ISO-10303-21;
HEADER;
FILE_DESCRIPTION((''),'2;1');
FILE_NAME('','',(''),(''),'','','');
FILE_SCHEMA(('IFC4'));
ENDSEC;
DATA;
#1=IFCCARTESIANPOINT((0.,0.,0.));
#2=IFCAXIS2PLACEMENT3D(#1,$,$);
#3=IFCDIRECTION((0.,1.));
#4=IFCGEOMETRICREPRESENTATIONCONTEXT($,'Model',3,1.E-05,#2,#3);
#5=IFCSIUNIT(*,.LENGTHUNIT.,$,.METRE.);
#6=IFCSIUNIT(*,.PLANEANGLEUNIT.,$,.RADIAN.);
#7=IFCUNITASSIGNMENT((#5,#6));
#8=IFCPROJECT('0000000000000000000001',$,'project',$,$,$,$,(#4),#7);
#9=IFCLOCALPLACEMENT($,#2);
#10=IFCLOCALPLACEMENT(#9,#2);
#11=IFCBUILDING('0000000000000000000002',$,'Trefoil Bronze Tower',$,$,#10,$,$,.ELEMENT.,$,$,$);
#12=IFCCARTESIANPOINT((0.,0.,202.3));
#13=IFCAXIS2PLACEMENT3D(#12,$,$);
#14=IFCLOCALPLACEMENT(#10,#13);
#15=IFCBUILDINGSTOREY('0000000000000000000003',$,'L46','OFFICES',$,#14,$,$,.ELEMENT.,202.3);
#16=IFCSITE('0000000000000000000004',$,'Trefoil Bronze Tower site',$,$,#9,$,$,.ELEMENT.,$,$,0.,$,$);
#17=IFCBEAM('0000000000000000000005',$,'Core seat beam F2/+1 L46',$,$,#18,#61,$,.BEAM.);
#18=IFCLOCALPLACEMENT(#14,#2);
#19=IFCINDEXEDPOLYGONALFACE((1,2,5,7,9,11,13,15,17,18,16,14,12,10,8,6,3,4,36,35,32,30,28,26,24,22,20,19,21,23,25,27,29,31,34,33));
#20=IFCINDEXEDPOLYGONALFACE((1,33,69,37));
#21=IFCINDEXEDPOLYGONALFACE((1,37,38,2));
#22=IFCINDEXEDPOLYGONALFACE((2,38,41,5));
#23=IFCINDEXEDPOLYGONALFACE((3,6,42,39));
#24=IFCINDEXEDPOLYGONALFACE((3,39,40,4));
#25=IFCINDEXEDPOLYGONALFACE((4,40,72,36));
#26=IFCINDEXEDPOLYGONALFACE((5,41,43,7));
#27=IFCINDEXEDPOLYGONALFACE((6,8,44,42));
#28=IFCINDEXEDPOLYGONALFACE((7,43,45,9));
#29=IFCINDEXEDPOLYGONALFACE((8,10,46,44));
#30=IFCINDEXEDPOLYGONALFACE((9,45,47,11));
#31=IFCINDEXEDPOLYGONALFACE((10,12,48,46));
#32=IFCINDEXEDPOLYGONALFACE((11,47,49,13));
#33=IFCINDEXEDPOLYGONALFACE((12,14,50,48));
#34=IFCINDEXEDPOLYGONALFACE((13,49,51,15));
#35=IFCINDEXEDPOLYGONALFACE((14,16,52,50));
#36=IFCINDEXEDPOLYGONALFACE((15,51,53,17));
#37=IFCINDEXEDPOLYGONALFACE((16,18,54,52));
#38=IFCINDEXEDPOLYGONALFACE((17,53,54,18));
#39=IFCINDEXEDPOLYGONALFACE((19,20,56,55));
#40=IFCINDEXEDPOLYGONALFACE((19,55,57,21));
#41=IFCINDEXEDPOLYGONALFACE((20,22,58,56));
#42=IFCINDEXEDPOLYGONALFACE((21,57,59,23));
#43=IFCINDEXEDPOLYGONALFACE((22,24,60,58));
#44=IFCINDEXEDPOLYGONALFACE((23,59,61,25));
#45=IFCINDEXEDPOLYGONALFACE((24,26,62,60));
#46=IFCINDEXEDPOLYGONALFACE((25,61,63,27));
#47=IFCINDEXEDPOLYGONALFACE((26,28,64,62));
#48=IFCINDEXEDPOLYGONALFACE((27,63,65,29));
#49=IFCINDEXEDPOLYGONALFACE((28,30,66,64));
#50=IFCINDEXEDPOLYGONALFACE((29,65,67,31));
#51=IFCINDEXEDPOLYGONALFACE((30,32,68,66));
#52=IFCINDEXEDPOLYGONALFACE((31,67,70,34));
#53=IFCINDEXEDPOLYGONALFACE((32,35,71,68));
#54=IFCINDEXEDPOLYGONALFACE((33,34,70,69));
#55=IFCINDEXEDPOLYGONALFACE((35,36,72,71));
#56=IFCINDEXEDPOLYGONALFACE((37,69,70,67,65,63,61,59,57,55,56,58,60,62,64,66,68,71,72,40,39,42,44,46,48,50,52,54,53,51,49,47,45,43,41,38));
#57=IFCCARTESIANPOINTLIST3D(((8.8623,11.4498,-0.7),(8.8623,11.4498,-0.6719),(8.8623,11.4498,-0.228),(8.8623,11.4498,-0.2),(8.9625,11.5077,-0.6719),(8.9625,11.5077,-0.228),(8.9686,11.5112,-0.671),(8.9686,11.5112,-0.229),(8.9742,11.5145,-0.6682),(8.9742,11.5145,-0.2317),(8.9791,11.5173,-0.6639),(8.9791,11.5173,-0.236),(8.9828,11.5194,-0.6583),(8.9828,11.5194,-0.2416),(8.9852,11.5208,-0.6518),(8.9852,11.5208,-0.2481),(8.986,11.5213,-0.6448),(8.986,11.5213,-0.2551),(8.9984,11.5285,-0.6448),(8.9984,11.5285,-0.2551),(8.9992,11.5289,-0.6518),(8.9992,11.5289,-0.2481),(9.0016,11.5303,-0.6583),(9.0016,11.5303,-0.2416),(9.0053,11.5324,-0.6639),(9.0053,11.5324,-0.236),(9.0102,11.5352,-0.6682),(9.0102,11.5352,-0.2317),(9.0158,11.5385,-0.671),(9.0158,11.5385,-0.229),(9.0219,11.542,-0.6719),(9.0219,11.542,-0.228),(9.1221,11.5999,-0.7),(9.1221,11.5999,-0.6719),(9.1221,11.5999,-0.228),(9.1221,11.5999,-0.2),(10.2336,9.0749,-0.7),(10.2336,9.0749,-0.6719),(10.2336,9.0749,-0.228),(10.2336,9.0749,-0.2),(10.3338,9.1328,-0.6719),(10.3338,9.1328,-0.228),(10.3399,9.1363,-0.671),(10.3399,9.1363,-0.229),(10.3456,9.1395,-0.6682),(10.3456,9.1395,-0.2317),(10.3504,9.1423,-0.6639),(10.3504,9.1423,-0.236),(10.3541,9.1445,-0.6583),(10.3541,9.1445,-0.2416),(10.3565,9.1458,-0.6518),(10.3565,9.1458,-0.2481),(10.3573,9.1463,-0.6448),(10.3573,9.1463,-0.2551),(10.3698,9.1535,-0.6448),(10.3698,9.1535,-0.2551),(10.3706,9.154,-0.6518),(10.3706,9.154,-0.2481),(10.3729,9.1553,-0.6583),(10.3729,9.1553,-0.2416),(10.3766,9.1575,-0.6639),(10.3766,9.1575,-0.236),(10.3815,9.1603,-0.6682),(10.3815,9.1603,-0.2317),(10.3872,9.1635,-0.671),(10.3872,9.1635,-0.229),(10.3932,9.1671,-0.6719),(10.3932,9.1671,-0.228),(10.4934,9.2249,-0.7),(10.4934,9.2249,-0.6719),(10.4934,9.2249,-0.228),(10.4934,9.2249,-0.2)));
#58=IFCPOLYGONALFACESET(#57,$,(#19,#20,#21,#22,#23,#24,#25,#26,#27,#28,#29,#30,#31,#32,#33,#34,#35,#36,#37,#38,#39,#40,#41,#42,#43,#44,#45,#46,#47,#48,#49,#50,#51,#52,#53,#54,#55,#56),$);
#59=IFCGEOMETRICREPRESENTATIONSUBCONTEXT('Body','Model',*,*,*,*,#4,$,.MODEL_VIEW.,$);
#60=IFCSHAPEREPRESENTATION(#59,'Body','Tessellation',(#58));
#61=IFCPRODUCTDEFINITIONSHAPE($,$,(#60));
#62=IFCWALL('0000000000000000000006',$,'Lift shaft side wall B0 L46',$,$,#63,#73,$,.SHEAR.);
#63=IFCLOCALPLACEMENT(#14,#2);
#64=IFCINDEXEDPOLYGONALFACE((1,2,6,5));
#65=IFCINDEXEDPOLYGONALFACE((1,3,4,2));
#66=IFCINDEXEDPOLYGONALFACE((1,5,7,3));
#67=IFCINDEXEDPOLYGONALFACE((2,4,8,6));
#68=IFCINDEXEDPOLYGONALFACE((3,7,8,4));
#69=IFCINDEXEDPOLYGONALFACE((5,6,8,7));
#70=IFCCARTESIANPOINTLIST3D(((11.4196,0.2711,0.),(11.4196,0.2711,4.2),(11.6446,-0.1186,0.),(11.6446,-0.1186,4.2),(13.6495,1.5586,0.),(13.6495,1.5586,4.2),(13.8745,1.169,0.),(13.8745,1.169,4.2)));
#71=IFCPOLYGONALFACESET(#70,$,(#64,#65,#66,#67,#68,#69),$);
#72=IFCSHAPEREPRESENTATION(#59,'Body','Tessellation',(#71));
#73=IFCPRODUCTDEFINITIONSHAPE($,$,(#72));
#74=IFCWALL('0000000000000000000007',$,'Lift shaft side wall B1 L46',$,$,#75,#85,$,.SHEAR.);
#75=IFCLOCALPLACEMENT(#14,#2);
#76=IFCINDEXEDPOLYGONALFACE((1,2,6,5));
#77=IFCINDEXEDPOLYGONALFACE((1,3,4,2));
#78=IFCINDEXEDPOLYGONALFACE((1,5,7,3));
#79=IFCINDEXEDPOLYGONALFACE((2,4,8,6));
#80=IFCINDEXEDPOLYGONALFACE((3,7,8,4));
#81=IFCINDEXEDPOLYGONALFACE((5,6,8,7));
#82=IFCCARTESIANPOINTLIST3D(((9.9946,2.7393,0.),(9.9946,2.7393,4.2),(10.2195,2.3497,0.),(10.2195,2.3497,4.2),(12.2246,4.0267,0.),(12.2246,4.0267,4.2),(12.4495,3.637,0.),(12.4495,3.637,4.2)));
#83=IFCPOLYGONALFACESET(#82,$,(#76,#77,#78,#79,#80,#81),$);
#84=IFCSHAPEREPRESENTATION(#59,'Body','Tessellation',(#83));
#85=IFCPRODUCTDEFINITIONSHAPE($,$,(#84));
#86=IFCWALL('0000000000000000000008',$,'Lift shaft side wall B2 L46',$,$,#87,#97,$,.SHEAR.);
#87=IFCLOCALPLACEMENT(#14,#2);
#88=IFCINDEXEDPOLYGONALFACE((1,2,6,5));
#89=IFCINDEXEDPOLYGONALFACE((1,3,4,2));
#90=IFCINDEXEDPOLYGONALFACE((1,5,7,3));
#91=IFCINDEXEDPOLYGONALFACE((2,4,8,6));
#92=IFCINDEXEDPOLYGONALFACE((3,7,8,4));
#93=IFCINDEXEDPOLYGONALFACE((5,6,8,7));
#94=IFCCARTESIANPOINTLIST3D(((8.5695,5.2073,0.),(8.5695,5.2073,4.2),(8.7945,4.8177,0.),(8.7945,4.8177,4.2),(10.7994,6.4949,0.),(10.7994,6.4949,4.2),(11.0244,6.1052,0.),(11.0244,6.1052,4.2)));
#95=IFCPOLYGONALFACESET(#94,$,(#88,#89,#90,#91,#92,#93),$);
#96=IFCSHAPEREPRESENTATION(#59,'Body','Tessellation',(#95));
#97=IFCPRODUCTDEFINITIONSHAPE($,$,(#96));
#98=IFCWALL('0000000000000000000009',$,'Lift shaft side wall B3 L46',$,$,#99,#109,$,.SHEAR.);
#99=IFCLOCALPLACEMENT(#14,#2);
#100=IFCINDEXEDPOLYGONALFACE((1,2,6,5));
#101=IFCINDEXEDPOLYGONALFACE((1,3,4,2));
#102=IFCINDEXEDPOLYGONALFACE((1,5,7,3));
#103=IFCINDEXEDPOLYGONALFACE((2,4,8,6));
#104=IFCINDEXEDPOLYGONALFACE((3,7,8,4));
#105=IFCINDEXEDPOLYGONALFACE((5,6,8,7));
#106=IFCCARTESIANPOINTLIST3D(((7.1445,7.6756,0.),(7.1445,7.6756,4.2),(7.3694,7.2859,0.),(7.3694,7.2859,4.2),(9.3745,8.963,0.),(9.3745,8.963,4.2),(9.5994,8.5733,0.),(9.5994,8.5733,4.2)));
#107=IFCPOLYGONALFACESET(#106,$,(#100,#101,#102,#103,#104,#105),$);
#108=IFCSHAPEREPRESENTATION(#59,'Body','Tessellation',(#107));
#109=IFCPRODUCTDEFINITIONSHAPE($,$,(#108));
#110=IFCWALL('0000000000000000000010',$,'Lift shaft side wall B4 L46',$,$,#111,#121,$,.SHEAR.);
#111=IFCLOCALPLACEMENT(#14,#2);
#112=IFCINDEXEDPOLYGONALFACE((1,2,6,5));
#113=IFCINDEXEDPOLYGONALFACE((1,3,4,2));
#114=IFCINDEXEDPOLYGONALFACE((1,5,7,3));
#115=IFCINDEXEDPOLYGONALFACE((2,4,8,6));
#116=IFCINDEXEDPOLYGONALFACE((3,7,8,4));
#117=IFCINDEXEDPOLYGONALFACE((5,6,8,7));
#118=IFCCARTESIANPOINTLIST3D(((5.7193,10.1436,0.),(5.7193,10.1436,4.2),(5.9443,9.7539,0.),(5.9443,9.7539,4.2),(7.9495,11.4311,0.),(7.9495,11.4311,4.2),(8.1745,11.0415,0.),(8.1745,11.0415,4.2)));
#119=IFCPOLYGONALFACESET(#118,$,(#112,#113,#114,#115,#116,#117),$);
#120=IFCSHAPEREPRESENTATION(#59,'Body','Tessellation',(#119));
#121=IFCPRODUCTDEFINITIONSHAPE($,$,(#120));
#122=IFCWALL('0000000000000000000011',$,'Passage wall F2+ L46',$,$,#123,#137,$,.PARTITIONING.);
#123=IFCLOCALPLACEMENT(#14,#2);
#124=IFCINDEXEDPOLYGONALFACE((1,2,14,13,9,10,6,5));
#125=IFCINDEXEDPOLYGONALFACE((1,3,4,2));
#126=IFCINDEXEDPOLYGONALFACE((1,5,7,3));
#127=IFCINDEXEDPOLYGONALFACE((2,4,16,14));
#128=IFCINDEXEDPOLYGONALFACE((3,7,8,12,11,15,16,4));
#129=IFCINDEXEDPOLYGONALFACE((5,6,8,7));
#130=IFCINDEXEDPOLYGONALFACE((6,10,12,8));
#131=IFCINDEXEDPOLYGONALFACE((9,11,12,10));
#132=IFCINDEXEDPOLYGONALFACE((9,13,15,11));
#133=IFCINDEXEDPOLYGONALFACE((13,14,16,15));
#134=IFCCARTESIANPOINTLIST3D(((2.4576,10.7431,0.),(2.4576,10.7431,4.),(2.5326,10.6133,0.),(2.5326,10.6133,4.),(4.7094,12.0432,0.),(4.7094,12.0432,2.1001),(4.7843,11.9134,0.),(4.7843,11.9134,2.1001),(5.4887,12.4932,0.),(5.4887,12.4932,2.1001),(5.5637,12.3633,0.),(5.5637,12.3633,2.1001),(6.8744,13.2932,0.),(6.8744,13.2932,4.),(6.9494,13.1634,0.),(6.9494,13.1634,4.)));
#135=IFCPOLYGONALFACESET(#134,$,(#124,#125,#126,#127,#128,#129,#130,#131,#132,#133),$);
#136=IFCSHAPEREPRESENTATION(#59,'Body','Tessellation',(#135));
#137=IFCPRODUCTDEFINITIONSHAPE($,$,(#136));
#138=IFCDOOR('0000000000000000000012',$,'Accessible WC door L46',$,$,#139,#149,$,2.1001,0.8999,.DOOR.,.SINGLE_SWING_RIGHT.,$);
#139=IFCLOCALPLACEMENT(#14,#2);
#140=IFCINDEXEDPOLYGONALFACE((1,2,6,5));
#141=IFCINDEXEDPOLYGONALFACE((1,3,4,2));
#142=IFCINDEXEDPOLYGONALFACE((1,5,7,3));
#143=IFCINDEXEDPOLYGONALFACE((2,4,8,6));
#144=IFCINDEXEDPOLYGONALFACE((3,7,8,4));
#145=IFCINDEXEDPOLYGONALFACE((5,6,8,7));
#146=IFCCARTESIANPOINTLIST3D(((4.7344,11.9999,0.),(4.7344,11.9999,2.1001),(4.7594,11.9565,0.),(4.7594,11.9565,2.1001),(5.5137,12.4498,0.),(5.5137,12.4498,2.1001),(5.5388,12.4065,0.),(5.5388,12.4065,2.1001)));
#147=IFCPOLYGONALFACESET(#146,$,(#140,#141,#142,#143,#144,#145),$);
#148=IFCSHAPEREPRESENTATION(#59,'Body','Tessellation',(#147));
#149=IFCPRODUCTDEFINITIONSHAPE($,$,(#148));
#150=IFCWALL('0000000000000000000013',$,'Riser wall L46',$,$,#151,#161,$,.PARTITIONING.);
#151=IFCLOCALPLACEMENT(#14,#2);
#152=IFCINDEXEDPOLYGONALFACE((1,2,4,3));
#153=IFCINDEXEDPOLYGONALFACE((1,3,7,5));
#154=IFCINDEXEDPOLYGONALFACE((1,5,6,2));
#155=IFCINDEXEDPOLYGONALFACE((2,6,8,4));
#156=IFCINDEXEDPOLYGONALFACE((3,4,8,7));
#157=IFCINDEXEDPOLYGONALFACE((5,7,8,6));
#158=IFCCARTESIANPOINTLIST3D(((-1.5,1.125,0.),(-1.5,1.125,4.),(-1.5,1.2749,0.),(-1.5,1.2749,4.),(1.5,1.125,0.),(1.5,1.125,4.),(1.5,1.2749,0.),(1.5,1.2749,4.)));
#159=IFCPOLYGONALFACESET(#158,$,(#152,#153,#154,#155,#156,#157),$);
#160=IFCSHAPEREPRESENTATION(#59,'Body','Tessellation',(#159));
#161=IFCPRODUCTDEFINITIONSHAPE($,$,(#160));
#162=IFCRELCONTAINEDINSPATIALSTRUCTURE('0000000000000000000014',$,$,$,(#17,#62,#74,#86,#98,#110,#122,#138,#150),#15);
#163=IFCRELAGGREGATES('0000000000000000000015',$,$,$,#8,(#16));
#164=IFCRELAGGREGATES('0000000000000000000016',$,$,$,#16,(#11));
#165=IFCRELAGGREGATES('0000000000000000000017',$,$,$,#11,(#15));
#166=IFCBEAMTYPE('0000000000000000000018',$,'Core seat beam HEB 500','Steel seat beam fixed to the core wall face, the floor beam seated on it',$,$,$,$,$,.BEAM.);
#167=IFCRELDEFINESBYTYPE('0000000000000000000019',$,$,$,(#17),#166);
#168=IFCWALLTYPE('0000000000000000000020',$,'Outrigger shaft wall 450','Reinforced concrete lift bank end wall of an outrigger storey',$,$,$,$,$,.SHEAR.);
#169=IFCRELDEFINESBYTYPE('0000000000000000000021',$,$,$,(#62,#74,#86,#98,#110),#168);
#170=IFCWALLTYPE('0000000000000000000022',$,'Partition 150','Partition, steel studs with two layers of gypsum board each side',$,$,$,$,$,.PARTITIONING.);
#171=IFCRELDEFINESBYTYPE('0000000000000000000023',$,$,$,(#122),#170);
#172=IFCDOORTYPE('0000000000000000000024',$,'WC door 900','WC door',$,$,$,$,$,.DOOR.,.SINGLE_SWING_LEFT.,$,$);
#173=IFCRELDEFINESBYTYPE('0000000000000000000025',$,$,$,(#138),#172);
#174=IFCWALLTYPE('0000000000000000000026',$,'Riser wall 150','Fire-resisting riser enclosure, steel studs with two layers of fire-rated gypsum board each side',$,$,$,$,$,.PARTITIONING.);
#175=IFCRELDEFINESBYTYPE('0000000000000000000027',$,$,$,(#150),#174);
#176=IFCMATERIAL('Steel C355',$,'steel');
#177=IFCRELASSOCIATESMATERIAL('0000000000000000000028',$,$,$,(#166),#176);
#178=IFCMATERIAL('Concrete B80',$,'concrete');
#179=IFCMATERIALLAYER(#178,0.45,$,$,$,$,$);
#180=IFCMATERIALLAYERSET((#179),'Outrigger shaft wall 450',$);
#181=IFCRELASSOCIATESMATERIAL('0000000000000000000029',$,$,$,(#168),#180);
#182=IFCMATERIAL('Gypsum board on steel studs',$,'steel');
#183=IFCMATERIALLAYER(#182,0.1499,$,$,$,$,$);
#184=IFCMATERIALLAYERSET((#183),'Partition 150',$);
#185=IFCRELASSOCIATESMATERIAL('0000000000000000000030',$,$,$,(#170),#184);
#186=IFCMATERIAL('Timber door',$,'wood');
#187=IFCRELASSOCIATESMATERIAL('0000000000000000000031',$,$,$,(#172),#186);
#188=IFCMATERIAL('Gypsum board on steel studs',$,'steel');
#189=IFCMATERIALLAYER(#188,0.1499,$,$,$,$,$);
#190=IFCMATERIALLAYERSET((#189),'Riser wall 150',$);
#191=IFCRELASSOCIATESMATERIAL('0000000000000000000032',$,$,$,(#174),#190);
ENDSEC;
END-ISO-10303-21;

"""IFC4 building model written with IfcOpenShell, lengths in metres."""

from ifc_helpers import new_model, si_unit, direction, frame, frame_2d, origin, origin_2d, place, context, subcontext, project, spatial, rectangle, i_section, extrude, material, layer, layer_set, material_profile, profile_set, type_object, element, fill, save


model = new_model("IFC4")

# Units and contexts
model_context = context("Model", 3, precision=1e-05, world=origin(), true_north=direction((0.0, 1.0)))
body_context = subcontext(model_context, "Body", "Model", "MODEL_VIEW")
ifc_project = project(units=[si_unit("LENGTHUNIT", "METRE"), si_unit("PLANEANGLEUNIT", "RADIAN")], contexts=[model_context])

# Site, building, storey
site_placement = place(None, origin())
site = spatial("IfcSite", under=ifc_project, at=site_placement, Name="Trefoil Bronze Tower site", CompositionType="ELEMENT", RefElevation=0.0)
building_placement = place(site_placement, origin())
building = spatial("IfcBuilding", under=site, at=building_placement, Name="Trefoil Bronze Tower", CompositionType="ELEMENT")
storey_placement = place(building_placement, frame((0.0, 0.0, 202.3)))
storey = spatial("IfcBuildingStorey", under=building, at=storey_placement, Name="L46", Description="OFFICES", CompositionType="ELEMENT", Elevation=202.3)

# Beam
ifc_material_1 = material(Name="Steel C355", Category="steel")
ifc_material_profile = material_profile(ifc_material_1, i_section(OverallWidth=0.3, OverallDepth=0.5, WebThickness=0.0144, FlangeThickness=0.0281, FilletRadius=0.0271, at=origin_2d()), Name="HEB 500")
ifc_profile_set = profile_set([ifc_material_profile], Name="Steel C355")
beam_type = type_object("IfcBeamType", Name="Core seat beam HEB 500", Description="Steel seat beam fixed to the core wall face, the floor beam seated on it", PredefinedType="BEAM", material=ifc_profile_set)
beam_placement = place(storey_placement, frame((10.3635, 9.1499, -0.45), z_axis=(-0.500036, 0.866005, 0.0), x_axis=(-0.866005, -0.500036, 0.0)))
element("IfcBeam", 1, at=beam_placement, inside=storey, type_object=beam_type, Name="Core seat beam F2/+1 L46", PredefinedType="BEAM", context=body_context, shape_type="SweptSolid", body=[
    extrude(i_section(OverallWidth=0.3, OverallDepth=0.5, WebThickness=0.0144, FlangeThickness=0.0281, FilletRadius=0.0271, at=origin_2d()), origin(), (0.0, 0.0, 1.0), 2.7424),
])

# Walls
ifc_material_2 = material(Name="Concrete B80", Category="concrete")
ifc_layer_1 = layer(ifc_material_2, 0.45)
ifc_layer_set_1 = layer_set([ifc_layer_1], Name="Outrigger shaft wall 450")
wall_type_1 = type_object("IfcWallType", Name="Outrigger shaft wall 450", Description="Reinforced concrete lift bank end wall of an outrigger storey", PredefinedType="SHEAR", material=ifc_layer_set_1)
for number, where, z_axis, x_axis, name in (
    (2, (11.532, 0.0762, 0.0), (0.0, 0.0, 1.0), (0.866006, 0.500034, 0.0), "Lift shaft side wall B0 L46"),
    (3, (10.1069, 2.5444, 0.0), (0.0, 0.0, 1.0), (0.866047, 0.499963, 0.0), "Lift shaft side wall B1 L46"),
    (4, (8.6819, 5.0125, 0.0), (0.0, 0.0, 1.0), (0.866006, 0.500034, 0.0), "Lift shaft side wall B2 L46"),
    (5, (7.2568, 7.4807, 0.0), (0.0, 0.0, 1.0), (0.866047, 0.499963, 0.0), "Lift shaft side wall B3 L46"),
):
    element("IfcWall", number, at=place(storey_placement, frame(where, z_axis=z_axis, x_axis=x_axis)), inside=storey, type_object=wall_type_1, Name=name, PredefinedType="SHEAR", context=body_context, shape_type="SweptSolid", body=[
        extrude(rectangle(XDim=2.575, YDim=0.45, at=frame_2d((1.2876, 0.0))), origin(), (0.0, 0.0, 1.0), 4.2),
    ])
wall_1_placement = place(storey_placement, frame((5.8318, 9.9487, 0.0), z_axis=(0.0, 0.0, 1.0), x_axis=(0.866029, 0.499993, 0.0)))
element("IfcWall", 6, at=wall_1_placement, inside=storey, type_object=wall_type_1, Name="Lift shaft side wall B4 L46", PredefinedType="SHEAR", context=body_context, shape_type="SweptSolid", body=[
    extrude(rectangle(XDim=2.5752, YDim=0.45, at=frame_2d((1.2876, 0.0))), origin(), (0.0, 0.0, 1.0), 4.2),
])

# Wall, opening, door
ifc_material_3 = material(Name="Gypsum board on steel studs", Category="steel")
ifc_layer_2 = layer(ifc_material_3, 0.1499)
ifc_layer_set_2 = layer_set([ifc_layer_2], Name="Partition 150")
wall_type_2 = type_object("IfcWallType", Name="Partition 150", Description="Partition, steel studs with two layers of gypsum board each side", PredefinedType="PARTITIONING", material=ifc_layer_set_2)
wall_2_placement = place(storey_placement, frame((2.4951, 10.6782, 0.0), z_axis=(0.0, 0.0, 1.0), x_axis=(0.866022, 0.500006, 0.0)))
wall_2 = element("IfcWall", 7, at=wall_2_placement, inside=storey, type_object=wall_type_2, Name="Passage wall F2+ L46", PredefinedType="PARTITIONING", context=body_context, shape_type="SweptSolid", body=[
    extrude(rectangle(XDim=5.1001, YDim=0.1499, at=frame_2d((2.55, 0.0))), origin(), (0.0, 0.0, 1.0), 4.0),
])
opening_1_placement = place(wall_2_placement, frame((2.6001, 0.0, 0.0)))
opening_1 = element("IfcOpeningElement", 8, at=opening_1_placement, cuts=wall_2, PredefinedType="OPENING", context=body_context, shape_type="SweptSolid", body=[
    extrude(rectangle(XDim=0.8999, YDim=2.1001, at=frame_2d((0.45, 1.05))), frame((0.0, 0.085, 0.0), z_axis=(0.0, -1.0, 0.0), x_axis=(1.0, 0.0, 0.0)), (0.0, 0.0, 1.0), 0.1699),
])
ifc_material_4 = material(Name="Timber door", Category="wood")
door_type_1 = type_object("IfcDoorType", Name="WC door 900", Description="WC door", OperationType="SINGLE_SWING_LEFT", PredefinedType="DOOR", material=ifc_material_4)
door_1_placement = place(opening_1_placement, origin())
door_1 = element("IfcDoor", 9, at=door_1_placement, inside=storey, type_object=door_type_1, Name="Accessible WC door L46", OperationType="SINGLE_SWING_RIGHT", OverallHeight=2.1001, OverallWidth=0.8999, PredefinedType="DOOR", context=body_context, shape_type="SweptSolid", body=[
    extrude(rectangle(XDim=0.8999, YDim=2.1001, at=frame_2d((0.45, 1.05))), frame((0.0, 0.0249, 0.0), z_axis=(0.0, -1.0, 0.0), x_axis=(1.0, 0.0, 0.0)), (0.0, 0.0, 1.0), 0.05),
])
fill(opening_1, door_1)

# Wall
ifc_material_5 = material(Name="Gypsum board on steel studs", Category="steel")
ifc_layer_3 = layer(ifc_material_5, 0.1499)
ifc_layer_set_3 = layer_set([ifc_layer_3], Name="Riser wall 150")
wall_type_3 = type_object("IfcWallType", Name="Riser wall 150", Description="Fire-resisting riser enclosure, steel studs with two layers of fire-rated gypsum board each side", PredefinedType="PARTITIONING", material=ifc_layer_set_3)
wall_3_placement = place(storey_placement, frame((1.5, 1.2, 0.0), z_axis=(0.0, 0.0, 1.0), x_axis=(-1.0, 0.0, 0.0)))
element("IfcWall", 10, at=wall_3_placement, inside=storey, type_object=wall_type_3, Name="Riser wall L46", PredefinedType="PARTITIONING", context=body_context, shape_type="SweptSolid", body=[
    extrude(rectangle(XDim=3.0, YDim=0.1499, at=frame_2d((1.5, 0.0))), origin(), (0.0, 0.0, 1.0), 4.0),
])

save(model, "model.ifc")
